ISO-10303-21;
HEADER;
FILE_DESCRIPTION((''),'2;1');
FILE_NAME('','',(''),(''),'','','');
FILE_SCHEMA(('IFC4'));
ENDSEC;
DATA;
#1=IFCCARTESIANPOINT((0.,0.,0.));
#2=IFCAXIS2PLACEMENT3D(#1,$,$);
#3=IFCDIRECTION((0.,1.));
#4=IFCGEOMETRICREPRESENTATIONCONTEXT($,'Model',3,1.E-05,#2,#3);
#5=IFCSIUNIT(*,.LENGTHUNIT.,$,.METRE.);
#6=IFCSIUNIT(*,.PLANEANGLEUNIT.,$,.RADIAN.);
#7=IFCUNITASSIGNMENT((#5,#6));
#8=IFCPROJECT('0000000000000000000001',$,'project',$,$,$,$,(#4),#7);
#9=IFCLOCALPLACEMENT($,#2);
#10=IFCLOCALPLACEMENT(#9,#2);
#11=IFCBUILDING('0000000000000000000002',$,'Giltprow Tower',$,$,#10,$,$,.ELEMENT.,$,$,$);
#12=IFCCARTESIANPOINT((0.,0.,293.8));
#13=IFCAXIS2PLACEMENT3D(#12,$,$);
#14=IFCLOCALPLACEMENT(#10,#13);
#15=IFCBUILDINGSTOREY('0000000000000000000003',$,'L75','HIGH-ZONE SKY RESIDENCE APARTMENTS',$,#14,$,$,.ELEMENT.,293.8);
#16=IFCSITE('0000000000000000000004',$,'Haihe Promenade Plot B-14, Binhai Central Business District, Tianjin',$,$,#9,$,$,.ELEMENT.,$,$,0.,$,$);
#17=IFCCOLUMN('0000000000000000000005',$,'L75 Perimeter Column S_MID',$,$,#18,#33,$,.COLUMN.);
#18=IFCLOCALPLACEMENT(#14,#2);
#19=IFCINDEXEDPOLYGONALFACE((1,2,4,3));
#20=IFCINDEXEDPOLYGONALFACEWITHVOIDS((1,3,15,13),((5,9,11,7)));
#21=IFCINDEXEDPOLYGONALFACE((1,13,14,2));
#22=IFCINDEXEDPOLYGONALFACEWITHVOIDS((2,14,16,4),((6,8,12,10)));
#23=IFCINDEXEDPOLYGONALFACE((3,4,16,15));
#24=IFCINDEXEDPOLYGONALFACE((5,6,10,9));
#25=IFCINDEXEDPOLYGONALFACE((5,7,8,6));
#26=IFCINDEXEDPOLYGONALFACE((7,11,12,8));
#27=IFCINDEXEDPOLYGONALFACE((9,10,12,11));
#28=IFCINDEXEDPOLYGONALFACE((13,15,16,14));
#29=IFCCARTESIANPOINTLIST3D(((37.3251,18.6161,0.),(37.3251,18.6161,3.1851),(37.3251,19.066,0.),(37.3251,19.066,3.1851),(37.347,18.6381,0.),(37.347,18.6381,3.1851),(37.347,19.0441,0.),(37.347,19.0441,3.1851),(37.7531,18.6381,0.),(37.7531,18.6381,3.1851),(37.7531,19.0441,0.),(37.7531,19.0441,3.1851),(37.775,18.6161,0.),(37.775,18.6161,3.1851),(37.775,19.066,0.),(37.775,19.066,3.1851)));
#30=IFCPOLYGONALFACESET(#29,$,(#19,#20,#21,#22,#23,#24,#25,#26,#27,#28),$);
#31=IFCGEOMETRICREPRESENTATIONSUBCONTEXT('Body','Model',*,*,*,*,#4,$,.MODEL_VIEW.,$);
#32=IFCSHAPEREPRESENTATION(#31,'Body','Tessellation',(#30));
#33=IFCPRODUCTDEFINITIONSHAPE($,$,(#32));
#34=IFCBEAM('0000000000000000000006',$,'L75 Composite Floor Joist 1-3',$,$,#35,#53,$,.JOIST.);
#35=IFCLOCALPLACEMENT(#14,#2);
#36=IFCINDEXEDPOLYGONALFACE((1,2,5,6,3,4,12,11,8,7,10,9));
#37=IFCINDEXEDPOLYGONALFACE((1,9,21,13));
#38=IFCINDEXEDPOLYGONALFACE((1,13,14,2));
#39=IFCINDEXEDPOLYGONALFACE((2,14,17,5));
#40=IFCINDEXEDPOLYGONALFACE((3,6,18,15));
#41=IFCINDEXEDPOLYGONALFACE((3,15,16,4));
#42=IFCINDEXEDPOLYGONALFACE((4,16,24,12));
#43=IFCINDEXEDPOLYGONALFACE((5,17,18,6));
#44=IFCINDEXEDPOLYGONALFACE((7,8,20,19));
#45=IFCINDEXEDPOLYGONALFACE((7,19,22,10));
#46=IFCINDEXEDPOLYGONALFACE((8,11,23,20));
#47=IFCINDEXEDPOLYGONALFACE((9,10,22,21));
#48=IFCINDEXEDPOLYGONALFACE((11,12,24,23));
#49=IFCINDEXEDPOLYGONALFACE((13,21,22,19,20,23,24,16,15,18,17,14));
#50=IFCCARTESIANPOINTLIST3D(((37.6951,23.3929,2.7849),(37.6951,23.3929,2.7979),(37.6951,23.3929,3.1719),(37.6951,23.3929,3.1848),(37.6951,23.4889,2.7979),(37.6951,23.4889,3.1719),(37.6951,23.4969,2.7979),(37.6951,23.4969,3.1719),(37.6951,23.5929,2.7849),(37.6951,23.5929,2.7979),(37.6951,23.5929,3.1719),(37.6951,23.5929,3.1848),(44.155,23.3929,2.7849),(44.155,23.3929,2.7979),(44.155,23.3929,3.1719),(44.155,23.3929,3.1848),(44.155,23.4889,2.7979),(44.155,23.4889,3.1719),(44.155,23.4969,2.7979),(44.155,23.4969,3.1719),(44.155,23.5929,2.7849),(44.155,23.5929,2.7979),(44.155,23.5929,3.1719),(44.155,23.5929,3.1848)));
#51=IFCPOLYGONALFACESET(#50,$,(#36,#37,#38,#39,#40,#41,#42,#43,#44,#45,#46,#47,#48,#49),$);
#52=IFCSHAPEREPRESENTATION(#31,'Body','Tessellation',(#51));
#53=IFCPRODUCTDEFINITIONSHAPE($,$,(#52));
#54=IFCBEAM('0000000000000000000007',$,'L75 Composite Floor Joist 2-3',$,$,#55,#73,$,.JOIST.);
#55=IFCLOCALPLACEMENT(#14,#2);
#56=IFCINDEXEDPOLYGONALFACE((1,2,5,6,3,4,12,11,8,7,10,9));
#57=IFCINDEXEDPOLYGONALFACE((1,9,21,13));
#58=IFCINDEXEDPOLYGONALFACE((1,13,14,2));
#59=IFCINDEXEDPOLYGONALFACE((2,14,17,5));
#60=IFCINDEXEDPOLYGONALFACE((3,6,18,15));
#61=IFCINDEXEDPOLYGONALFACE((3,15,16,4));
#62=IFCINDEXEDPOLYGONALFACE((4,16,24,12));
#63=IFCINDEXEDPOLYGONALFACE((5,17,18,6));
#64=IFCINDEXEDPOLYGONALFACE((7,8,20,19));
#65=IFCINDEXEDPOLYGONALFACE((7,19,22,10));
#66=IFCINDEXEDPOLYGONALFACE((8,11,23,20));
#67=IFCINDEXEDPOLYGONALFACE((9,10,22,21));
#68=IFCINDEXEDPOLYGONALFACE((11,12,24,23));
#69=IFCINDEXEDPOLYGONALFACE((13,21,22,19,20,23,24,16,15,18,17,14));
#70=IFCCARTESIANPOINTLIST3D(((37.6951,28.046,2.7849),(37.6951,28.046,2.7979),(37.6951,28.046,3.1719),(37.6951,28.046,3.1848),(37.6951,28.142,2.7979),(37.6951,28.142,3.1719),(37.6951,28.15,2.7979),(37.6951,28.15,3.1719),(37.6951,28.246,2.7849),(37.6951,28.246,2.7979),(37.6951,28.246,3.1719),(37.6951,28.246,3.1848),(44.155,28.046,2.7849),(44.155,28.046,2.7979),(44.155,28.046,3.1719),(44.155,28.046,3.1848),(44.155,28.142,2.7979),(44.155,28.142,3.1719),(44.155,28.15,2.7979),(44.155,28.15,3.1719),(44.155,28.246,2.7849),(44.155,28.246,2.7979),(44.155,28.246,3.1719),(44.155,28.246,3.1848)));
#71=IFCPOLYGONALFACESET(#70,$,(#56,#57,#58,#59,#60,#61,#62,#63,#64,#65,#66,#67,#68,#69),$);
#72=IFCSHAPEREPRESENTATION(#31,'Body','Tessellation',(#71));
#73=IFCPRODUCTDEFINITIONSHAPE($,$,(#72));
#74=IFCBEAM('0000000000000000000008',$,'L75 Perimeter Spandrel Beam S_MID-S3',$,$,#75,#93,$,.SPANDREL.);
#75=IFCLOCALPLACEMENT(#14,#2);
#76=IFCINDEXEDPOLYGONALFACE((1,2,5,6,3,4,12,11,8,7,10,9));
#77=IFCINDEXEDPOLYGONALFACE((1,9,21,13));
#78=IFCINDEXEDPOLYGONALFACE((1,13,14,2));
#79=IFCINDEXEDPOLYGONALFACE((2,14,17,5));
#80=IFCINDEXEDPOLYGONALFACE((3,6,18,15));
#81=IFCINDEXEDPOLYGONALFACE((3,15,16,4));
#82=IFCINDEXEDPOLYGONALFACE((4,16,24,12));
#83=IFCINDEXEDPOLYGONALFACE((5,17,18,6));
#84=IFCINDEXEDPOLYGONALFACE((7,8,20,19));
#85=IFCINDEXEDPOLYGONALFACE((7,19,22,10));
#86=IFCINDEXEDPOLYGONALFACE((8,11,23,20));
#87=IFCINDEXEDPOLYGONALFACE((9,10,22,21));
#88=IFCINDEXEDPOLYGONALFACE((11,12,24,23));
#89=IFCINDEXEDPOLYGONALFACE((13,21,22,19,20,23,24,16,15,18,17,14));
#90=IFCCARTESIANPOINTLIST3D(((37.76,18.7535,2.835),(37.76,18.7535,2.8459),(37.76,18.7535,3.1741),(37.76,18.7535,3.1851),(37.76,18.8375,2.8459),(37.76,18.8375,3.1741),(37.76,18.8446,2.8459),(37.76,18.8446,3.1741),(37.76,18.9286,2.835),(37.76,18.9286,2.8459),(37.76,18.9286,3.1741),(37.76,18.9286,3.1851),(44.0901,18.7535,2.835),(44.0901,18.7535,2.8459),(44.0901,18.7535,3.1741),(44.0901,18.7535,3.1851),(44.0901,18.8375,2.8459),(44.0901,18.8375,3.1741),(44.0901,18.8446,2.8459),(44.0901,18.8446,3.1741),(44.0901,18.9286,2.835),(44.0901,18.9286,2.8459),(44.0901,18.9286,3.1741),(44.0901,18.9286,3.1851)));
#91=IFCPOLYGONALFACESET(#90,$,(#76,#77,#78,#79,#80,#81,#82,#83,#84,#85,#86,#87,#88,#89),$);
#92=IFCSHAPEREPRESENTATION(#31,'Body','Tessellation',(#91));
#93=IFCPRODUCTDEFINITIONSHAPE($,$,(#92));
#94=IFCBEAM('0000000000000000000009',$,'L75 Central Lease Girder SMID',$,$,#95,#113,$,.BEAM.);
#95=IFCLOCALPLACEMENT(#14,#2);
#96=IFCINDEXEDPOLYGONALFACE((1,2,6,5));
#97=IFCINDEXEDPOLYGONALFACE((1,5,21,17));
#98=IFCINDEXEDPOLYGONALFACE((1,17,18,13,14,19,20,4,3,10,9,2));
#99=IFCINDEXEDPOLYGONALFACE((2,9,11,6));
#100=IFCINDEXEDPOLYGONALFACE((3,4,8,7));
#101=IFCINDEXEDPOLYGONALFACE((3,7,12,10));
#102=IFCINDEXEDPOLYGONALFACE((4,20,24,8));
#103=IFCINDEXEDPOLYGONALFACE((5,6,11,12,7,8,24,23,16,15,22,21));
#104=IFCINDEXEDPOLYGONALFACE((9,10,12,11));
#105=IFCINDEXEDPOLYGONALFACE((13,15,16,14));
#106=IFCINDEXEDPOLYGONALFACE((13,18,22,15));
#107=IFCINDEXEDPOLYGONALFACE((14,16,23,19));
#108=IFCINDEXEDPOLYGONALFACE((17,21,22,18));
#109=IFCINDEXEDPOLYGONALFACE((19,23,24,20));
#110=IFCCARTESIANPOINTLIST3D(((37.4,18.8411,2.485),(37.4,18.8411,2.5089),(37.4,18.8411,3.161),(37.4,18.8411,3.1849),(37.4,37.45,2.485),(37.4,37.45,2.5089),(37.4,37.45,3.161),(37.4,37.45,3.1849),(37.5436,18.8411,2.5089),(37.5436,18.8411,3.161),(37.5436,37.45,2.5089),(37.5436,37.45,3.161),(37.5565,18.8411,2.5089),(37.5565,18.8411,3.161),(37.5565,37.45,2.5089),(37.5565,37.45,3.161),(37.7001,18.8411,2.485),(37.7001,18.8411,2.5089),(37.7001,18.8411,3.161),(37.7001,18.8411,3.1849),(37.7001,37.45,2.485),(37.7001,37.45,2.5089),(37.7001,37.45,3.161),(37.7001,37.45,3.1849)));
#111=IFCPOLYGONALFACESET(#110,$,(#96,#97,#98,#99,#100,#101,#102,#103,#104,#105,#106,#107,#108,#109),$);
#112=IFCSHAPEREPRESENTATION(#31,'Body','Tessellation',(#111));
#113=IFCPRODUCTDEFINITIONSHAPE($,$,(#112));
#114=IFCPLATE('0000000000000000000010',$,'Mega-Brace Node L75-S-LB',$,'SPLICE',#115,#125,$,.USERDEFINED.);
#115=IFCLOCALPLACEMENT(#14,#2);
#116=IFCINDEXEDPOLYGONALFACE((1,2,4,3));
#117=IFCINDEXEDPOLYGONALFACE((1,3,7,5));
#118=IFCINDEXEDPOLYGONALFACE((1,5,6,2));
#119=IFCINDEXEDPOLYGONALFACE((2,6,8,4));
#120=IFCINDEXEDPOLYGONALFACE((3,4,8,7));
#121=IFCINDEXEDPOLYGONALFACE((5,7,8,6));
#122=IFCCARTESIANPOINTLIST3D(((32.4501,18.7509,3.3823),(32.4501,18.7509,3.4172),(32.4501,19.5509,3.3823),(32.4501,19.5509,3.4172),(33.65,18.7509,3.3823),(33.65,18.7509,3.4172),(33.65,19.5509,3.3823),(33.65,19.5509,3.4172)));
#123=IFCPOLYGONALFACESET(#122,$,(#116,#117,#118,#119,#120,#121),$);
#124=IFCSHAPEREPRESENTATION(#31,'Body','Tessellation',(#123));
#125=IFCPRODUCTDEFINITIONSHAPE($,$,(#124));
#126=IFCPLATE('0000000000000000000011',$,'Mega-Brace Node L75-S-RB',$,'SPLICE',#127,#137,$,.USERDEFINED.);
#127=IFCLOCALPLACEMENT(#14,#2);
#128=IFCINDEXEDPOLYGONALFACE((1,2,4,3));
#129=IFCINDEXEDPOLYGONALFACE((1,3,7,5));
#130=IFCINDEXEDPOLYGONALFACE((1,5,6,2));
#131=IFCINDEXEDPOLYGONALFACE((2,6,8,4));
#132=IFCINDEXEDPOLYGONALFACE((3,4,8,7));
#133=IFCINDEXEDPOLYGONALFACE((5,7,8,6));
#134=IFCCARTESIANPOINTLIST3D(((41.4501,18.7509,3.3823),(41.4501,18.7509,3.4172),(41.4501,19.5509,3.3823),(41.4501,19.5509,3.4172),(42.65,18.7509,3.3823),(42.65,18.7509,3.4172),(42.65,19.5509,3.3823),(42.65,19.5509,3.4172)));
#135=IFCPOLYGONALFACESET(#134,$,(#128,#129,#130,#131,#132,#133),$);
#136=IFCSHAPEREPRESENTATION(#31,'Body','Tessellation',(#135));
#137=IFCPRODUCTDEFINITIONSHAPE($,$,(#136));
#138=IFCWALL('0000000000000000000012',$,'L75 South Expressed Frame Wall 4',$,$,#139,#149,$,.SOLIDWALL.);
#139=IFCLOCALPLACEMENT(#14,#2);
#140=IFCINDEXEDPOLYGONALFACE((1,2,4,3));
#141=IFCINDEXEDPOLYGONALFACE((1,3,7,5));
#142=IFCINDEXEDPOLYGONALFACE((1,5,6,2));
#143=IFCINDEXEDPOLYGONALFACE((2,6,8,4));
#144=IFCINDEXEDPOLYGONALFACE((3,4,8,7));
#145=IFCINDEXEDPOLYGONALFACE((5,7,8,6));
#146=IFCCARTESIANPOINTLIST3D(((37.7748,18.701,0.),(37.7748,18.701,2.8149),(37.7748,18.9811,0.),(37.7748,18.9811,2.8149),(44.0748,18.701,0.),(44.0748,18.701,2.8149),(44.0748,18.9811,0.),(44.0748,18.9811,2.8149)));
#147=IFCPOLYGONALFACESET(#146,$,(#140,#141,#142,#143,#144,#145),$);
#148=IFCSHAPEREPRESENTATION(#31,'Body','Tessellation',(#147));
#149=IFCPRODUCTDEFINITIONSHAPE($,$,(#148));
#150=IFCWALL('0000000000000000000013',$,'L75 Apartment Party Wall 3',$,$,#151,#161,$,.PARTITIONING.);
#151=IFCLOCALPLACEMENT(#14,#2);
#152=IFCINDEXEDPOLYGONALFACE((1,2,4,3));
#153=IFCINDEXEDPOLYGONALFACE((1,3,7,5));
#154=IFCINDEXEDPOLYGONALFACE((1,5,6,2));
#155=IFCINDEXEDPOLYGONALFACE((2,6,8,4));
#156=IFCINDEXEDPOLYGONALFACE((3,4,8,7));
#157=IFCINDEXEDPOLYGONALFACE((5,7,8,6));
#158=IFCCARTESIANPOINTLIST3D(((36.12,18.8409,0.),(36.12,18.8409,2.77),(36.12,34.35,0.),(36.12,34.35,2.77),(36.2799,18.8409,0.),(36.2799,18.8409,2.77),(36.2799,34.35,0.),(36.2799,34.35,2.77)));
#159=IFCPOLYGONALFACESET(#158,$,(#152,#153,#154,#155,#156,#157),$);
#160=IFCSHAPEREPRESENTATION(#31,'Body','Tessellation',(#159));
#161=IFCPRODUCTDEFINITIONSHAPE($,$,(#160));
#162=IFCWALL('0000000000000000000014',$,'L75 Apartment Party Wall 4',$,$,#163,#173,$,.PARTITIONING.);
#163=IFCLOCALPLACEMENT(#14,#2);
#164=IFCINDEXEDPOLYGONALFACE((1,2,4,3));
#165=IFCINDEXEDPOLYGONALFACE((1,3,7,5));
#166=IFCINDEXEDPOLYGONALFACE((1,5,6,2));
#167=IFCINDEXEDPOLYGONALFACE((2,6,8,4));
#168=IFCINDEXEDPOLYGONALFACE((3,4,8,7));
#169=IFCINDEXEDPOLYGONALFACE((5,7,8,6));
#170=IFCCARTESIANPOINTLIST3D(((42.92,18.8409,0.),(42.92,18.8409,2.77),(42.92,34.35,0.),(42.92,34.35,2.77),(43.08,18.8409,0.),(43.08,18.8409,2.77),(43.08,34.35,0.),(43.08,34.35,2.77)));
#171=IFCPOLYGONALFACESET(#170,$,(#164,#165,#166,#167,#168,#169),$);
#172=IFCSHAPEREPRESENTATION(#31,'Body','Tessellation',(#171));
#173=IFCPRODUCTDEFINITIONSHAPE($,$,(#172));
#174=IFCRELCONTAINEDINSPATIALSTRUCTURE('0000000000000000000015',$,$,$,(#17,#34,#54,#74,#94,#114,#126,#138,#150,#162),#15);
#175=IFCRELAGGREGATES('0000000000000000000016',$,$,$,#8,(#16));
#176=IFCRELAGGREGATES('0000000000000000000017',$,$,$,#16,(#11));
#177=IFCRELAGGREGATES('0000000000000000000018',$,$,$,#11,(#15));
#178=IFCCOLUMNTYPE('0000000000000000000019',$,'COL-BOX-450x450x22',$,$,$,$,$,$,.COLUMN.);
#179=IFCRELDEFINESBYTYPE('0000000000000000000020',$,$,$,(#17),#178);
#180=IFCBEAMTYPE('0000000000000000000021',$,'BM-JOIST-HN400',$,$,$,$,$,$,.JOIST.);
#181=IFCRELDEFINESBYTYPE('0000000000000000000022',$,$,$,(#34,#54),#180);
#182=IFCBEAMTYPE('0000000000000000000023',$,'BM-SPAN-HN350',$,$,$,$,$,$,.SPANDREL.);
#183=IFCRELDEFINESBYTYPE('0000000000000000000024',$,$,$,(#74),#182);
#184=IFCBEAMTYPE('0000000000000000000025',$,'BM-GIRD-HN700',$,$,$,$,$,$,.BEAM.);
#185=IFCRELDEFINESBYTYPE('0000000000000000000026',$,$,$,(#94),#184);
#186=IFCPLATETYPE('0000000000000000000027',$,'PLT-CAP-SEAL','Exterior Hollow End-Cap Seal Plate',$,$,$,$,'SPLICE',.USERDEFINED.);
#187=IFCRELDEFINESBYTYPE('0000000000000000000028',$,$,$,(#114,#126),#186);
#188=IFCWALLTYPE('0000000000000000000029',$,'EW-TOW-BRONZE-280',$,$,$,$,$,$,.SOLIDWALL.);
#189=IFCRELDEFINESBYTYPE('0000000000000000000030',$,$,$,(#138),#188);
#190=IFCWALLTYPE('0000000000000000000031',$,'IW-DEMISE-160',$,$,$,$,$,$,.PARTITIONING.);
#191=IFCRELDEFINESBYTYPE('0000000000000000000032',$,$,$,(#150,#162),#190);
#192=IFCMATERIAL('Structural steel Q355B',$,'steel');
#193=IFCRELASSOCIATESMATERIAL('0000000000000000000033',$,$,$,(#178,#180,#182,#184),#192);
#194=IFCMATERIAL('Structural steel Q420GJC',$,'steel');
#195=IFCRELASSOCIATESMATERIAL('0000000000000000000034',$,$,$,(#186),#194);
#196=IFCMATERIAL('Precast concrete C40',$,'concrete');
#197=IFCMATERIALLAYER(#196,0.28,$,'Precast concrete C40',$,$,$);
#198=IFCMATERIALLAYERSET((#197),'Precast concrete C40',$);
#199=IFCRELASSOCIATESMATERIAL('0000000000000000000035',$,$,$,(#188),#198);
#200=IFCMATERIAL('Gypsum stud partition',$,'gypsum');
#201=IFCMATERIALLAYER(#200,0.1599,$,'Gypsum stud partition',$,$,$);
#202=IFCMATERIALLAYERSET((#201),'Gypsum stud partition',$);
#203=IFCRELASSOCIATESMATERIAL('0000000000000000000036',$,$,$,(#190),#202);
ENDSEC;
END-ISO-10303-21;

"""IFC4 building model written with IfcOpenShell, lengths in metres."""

from ifc_helpers import new_model, si_unit, direction, frame, frame_2d, origin, origin_2d, place, context, subcontext, project, spatial, rectangle, hollow_rectangle, i_section, extrude, source, transform, mapped, material, layer, layer_set, material_profile, profile_set, type_object, element, save


model = new_model("IFC4")

# Units and contexts
model_context = context("Model", 3, precision=1e-05, world=origin(), true_north=direction((0.0, 1.0)))
body_context = subcontext(model_context, "Body", "Model", "MODEL_VIEW")
ifc_project = project(units=[si_unit("LENGTHUNIT", "METRE"), si_unit("PLANEANGLEUNIT", "RADIAN")], contexts=[model_context])

# Site, building, storey
site_placement = place(None, origin())
site = spatial("IfcSite", under=ifc_project, at=site_placement, Name="Haihe Promenade Plot B-14, Binhai Central Business District, Tianjin", CompositionType="ELEMENT", RefElevation=0.0)
building_placement = place(site_placement, origin())
building = spatial("IfcBuilding", under=site, at=building_placement, Name="Giltprow Tower", CompositionType="ELEMENT")
storey_placement = place(building_placement, frame((0.0, 0.0, 293.8)))
storey = spatial("IfcBuildingStorey", under=building, at=storey_placement, Name="L75", Description="HIGH-ZONE SKY RESIDENCE APARTMENTS", CompositionType="ELEMENT", Elevation=293.8)

# Column
ifc_material_1 = material(Name="Structural steel Q355B", Category="steel")
ifc_material_profile_1 = material_profile(ifc_material_1, hollow_rectangle(XDim=0.45, YDim=0.45, WallThickness=0.022, at=origin_2d()), Name="BOX 450x450x22")
ifc_profile_set_1 = profile_set([ifc_material_profile_1], Name="Structural steel Q355B")
column_type = type_object("IfcColumnType", Name="COL-BOX-450x450x22", PredefinedType="COLUMN", material=ifc_profile_set_1)
shared_shape_1 = source(origin(), body_context, "Body", "SweptSolid", [
    extrude(hollow_rectangle(XDim=0.45, YDim=0.45, WallThickness=0.022, at=origin_2d()), origin(), (0.0, 0.0, 1.0), 3.1851),
])
column_placement = place(storey_placement, frame((37.55, 18.8411, 0.0), z_axis=(0.0, 0.0, 1.0), x_axis=(1.0, 0.0, 0.0)))
element("IfcColumn", 1, at=column_placement, inside=storey, type_object=column_type, Name="L75 Perimeter Column S_MID", PredefinedType="COLUMN", context=body_context, shape_type="MappedRepresentation", body=[
    mapped(shared_shape_1, transform((0.0, 0.0, 0.0), x_axis=(1.0, 0.0, 0.0), y_axis=(0.0, 1.0, 0.0), z_axis=(0.0, 0.0, 1.0), scale=1.0)),
])

# Beams
ifc_material_profile_2 = material_profile(ifc_material_1, i_section(OverallWidth=0.2, OverallDepth=0.3999, WebThickness=0.0081, FlangeThickness=0.0129, at=origin_2d()), Name="HN 400x200x8x13")
ifc_profile_set_2 = profile_set([ifc_material_profile_2], Name="Structural steel Q355B")
beam_type_1 = type_object("IfcBeamType", Name="BM-JOIST-HN400", PredefinedType="JOIST", material=ifc_profile_set_2)
shared_shape_2 = source(origin(), body_context, "Body", "SweptSolid", [
    extrude(i_section(OverallWidth=0.2, OverallDepth=0.3999, WebThickness=0.0081, FlangeThickness=0.0129, at=origin_2d()), origin(), (0.0, 0.0, 1.0), 6.46),
])
for number, where, z_axis, x_axis, name in (
    (2, (37.6951, 23.4929, 2.9849), (1.0, 0.0, 0.0), (0.0, 1.0, 0.0), "L75 Composite Floor Joist 1-3"),
    (3, (37.6951, 28.146, 2.9849), (1.0, 0.0, 0.0), (0.0, 1.0, 0.0), "L75 Composite Floor Joist 2-3"),
):
    element("IfcBeam", number, at=place(storey_placement, frame(where, z_axis=z_axis, x_axis=x_axis)), inside=storey, type_object=beam_type_1, Name=name, PredefinedType="JOIST", context=body_context, shape_type="MappedRepresentation", body=[
        mapped(shared_shape_2, transform((0.0, 0.0, 0.0), x_axis=(1.0, 0.0, 0.0), y_axis=(0.0, 1.0, 0.0), z_axis=(0.0, 0.0, 1.0), scale=1.0)),
    ])
ifc_material_profile_3 = material_profile(ifc_material_1, i_section(OverallWidth=0.175, OverallDepth=0.3501, WebThickness=0.0071, FlangeThickness=0.011, at=origin_2d()), Name="HN 350x175x7x11")
ifc_profile_set_3 = profile_set([ifc_material_profile_3], Name="Structural steel Q355B")
beam_type_2 = type_object("IfcBeamType", Name="BM-SPAN-HN350", PredefinedType="SPANDREL", material=ifc_profile_set_3)
shared_shape_3 = source(origin(), body_context, "Body", "SweptSolid", [
    extrude(i_section(OverallWidth=0.175, OverallDepth=0.3501, WebThickness=0.0071, FlangeThickness=0.011, at=origin_2d()), origin(), (0.0, 0.0, 1.0), 6.3301),
])
beam_1_placement = place(storey_placement, frame((37.76, 18.8411, 3.01), z_axis=(1.0, 0.0, 0.0), x_axis=(0.0, 1.0, 0.0)))
element("IfcBeam", 4, at=beam_1_placement, inside=storey, type_object=beam_type_2, Name="L75 Perimeter Spandrel Beam S_MID-S3", PredefinedType="SPANDREL", context=body_context, shape_type="MappedRepresentation", body=[
    mapped(shared_shape_3, transform((0.0, 0.0, 0.0), x_axis=(1.0, 0.0, 0.0), y_axis=(0.0, 1.0, 0.0), z_axis=(0.0, 0.0, 1.0), scale=1.0)),
])
ifc_material_profile_4 = material_profile(ifc_material_1, i_section(OverallWidth=0.3, OverallDepth=0.7, WebThickness=0.0129, FlangeThickness=0.0239, at=origin_2d()), Name="HN 700x300x13x24")
ifc_profile_set_4 = profile_set([ifc_material_profile_4], Name="Structural steel Q355B")
beam_type_3 = type_object("IfcBeamType", Name="BM-GIRD-HN700", PredefinedType="BEAM", material=ifc_profile_set_4)
shared_shape_4 = source(origin(), body_context, "Body", "SweptSolid", [
    extrude(i_section(OverallWidth=0.3, OverallDepth=0.7, WebThickness=0.0129, FlangeThickness=0.0239, at=origin_2d()), origin(), (0.0, 0.0, 1.0), 18.6089),
])
beam_2_placement = place(storey_placement, frame((37.55, 18.8411, 2.835), z_axis=(0.0, 1.0, 0.0), x_axis=(-1.0, 0.0, 0.0)))
element("IfcBeam", 5, at=beam_2_placement, inside=storey, type_object=beam_type_3, Name="L75 Central Lease Girder SMID", PredefinedType="BEAM", context=body_context, shape_type="MappedRepresentation", body=[
    mapped(shared_shape_4, transform((0.0, 0.0, 0.0), x_axis=(1.0, 0.0, 0.0), y_axis=(0.0, 1.0, 0.0), z_axis=(0.0, 0.0, 1.0), scale=1.0)),
])

# Plates
ifc_material_2 = material(Name="Structural steel Q420GJC", Category="steel")
plate_type = type_object("IfcPlateType", Name="PLT-CAP-SEAL", Description="Exterior Hollow End-Cap Seal Plate", ElementType="SPLICE", PredefinedType="USERDEFINED", material=ifc_material_2)
shared_shape_5 = source(origin(), body_context, "Body", "SweptSolid", [
    extrude(rectangle(XDim=1.2, YDim=0.8, at=origin_2d()), origin(), (0.0, 0.0, 1.0), 0.0349),
])
for number, where, z_axis, x_axis, name in (
    (6, (33.05, 19.1509, 3.3823), (0.0, 0.0, 1.0), (1.0, 0.0, 0.0), "Mega-Brace Node L75-S-LB"),
    (7, (42.05, 19.1509, 3.3823), (0.0, 0.0, 1.0), (1.0, 0.0, 0.0), "Mega-Brace Node L75-S-RB"),
):
    element("IfcPlate", number, at=place(storey_placement, frame(where, z_axis=z_axis, x_axis=x_axis)), inside=storey, type_object=plate_type, Name=name, ObjectType="SPLICE", PredefinedType="USERDEFINED", context=body_context, shape_type="MappedRepresentation", body=[
        mapped(shared_shape_5, transform((0.0, 0.0, 0.0), x_axis=(1.0, 0.0, 0.0), y_axis=(0.0, 1.0, 0.0), z_axis=(0.0, 0.0, 1.0), scale=1.0)),
    ])

# Walls
ifc_material_3 = material(Name="Precast concrete C40", Category="concrete")
ifc_layer_1 = layer(ifc_material_3, 0.28, Name="Precast concrete C40")
ifc_layer_set_1 = layer_set([ifc_layer_1], Name="Precast concrete C40")
wall_type_1 = type_object("IfcWallType", Name="EW-TOW-BRONZE-280", PredefinedType="SOLIDWALL", material=ifc_layer_set_1)
wall_1_placement = place(storey_placement, frame((37.7749, 18.8411, 0.0), z_axis=(0.0, 0.0, 1.0), x_axis=(1.0, 0.0, 0.0)))
element("IfcWall", 8, at=wall_1_placement, inside=storey, type_object=wall_type_1, Name="L75 South Expressed Frame Wall 4", PredefinedType="SOLIDWALL", context=body_context, shape_type="SweptSolid", body=[
    extrude(rectangle(XDim=6.3, YDim=0.28, at=frame_2d((3.1499, 0.0))), origin(), (0.0, 0.0, 1.0), 2.8149),
])
ifc_material_4 = material(Name="Gypsum stud partition", Category="gypsum")
ifc_layer_2 = layer(ifc_material_4, 0.1599, Name="Gypsum stud partition")
ifc_layer_set_2 = layer_set([ifc_layer_2], Name="Gypsum stud partition")
wall_type_2 = type_object("IfcWallType", Name="IW-DEMISE-160", PredefinedType="PARTITIONING", material=ifc_layer_set_2)
for number, where, z_axis, x_axis, name in (
    (9, (36.2, 18.8411, 0.0), (0.0, 0.0, 1.0), (0.0, 1.0, 0.0), "L75 Apartment Party Wall 3"),
    (10, (43.0, 18.8411, 0.0), (0.0, 0.0, 1.0), (0.0, 1.0, 0.0), "L75 Apartment Party Wall 4"),
):
    element("IfcWall", number, at=place(storey_placement, frame(where, z_axis=z_axis, x_axis=x_axis)), inside=storey, type_object=wall_type_2, Name=name, PredefinedType="PARTITIONING", context=body_context, shape_type="SweptSolid", body=[
        extrude(rectangle(XDim=15.509, YDim=0.1599, at=frame_2d((7.7544, 0.0))), origin(), (0.0, 0.0, 1.0), 2.77),
    ])

save(model, "model.ifc")
